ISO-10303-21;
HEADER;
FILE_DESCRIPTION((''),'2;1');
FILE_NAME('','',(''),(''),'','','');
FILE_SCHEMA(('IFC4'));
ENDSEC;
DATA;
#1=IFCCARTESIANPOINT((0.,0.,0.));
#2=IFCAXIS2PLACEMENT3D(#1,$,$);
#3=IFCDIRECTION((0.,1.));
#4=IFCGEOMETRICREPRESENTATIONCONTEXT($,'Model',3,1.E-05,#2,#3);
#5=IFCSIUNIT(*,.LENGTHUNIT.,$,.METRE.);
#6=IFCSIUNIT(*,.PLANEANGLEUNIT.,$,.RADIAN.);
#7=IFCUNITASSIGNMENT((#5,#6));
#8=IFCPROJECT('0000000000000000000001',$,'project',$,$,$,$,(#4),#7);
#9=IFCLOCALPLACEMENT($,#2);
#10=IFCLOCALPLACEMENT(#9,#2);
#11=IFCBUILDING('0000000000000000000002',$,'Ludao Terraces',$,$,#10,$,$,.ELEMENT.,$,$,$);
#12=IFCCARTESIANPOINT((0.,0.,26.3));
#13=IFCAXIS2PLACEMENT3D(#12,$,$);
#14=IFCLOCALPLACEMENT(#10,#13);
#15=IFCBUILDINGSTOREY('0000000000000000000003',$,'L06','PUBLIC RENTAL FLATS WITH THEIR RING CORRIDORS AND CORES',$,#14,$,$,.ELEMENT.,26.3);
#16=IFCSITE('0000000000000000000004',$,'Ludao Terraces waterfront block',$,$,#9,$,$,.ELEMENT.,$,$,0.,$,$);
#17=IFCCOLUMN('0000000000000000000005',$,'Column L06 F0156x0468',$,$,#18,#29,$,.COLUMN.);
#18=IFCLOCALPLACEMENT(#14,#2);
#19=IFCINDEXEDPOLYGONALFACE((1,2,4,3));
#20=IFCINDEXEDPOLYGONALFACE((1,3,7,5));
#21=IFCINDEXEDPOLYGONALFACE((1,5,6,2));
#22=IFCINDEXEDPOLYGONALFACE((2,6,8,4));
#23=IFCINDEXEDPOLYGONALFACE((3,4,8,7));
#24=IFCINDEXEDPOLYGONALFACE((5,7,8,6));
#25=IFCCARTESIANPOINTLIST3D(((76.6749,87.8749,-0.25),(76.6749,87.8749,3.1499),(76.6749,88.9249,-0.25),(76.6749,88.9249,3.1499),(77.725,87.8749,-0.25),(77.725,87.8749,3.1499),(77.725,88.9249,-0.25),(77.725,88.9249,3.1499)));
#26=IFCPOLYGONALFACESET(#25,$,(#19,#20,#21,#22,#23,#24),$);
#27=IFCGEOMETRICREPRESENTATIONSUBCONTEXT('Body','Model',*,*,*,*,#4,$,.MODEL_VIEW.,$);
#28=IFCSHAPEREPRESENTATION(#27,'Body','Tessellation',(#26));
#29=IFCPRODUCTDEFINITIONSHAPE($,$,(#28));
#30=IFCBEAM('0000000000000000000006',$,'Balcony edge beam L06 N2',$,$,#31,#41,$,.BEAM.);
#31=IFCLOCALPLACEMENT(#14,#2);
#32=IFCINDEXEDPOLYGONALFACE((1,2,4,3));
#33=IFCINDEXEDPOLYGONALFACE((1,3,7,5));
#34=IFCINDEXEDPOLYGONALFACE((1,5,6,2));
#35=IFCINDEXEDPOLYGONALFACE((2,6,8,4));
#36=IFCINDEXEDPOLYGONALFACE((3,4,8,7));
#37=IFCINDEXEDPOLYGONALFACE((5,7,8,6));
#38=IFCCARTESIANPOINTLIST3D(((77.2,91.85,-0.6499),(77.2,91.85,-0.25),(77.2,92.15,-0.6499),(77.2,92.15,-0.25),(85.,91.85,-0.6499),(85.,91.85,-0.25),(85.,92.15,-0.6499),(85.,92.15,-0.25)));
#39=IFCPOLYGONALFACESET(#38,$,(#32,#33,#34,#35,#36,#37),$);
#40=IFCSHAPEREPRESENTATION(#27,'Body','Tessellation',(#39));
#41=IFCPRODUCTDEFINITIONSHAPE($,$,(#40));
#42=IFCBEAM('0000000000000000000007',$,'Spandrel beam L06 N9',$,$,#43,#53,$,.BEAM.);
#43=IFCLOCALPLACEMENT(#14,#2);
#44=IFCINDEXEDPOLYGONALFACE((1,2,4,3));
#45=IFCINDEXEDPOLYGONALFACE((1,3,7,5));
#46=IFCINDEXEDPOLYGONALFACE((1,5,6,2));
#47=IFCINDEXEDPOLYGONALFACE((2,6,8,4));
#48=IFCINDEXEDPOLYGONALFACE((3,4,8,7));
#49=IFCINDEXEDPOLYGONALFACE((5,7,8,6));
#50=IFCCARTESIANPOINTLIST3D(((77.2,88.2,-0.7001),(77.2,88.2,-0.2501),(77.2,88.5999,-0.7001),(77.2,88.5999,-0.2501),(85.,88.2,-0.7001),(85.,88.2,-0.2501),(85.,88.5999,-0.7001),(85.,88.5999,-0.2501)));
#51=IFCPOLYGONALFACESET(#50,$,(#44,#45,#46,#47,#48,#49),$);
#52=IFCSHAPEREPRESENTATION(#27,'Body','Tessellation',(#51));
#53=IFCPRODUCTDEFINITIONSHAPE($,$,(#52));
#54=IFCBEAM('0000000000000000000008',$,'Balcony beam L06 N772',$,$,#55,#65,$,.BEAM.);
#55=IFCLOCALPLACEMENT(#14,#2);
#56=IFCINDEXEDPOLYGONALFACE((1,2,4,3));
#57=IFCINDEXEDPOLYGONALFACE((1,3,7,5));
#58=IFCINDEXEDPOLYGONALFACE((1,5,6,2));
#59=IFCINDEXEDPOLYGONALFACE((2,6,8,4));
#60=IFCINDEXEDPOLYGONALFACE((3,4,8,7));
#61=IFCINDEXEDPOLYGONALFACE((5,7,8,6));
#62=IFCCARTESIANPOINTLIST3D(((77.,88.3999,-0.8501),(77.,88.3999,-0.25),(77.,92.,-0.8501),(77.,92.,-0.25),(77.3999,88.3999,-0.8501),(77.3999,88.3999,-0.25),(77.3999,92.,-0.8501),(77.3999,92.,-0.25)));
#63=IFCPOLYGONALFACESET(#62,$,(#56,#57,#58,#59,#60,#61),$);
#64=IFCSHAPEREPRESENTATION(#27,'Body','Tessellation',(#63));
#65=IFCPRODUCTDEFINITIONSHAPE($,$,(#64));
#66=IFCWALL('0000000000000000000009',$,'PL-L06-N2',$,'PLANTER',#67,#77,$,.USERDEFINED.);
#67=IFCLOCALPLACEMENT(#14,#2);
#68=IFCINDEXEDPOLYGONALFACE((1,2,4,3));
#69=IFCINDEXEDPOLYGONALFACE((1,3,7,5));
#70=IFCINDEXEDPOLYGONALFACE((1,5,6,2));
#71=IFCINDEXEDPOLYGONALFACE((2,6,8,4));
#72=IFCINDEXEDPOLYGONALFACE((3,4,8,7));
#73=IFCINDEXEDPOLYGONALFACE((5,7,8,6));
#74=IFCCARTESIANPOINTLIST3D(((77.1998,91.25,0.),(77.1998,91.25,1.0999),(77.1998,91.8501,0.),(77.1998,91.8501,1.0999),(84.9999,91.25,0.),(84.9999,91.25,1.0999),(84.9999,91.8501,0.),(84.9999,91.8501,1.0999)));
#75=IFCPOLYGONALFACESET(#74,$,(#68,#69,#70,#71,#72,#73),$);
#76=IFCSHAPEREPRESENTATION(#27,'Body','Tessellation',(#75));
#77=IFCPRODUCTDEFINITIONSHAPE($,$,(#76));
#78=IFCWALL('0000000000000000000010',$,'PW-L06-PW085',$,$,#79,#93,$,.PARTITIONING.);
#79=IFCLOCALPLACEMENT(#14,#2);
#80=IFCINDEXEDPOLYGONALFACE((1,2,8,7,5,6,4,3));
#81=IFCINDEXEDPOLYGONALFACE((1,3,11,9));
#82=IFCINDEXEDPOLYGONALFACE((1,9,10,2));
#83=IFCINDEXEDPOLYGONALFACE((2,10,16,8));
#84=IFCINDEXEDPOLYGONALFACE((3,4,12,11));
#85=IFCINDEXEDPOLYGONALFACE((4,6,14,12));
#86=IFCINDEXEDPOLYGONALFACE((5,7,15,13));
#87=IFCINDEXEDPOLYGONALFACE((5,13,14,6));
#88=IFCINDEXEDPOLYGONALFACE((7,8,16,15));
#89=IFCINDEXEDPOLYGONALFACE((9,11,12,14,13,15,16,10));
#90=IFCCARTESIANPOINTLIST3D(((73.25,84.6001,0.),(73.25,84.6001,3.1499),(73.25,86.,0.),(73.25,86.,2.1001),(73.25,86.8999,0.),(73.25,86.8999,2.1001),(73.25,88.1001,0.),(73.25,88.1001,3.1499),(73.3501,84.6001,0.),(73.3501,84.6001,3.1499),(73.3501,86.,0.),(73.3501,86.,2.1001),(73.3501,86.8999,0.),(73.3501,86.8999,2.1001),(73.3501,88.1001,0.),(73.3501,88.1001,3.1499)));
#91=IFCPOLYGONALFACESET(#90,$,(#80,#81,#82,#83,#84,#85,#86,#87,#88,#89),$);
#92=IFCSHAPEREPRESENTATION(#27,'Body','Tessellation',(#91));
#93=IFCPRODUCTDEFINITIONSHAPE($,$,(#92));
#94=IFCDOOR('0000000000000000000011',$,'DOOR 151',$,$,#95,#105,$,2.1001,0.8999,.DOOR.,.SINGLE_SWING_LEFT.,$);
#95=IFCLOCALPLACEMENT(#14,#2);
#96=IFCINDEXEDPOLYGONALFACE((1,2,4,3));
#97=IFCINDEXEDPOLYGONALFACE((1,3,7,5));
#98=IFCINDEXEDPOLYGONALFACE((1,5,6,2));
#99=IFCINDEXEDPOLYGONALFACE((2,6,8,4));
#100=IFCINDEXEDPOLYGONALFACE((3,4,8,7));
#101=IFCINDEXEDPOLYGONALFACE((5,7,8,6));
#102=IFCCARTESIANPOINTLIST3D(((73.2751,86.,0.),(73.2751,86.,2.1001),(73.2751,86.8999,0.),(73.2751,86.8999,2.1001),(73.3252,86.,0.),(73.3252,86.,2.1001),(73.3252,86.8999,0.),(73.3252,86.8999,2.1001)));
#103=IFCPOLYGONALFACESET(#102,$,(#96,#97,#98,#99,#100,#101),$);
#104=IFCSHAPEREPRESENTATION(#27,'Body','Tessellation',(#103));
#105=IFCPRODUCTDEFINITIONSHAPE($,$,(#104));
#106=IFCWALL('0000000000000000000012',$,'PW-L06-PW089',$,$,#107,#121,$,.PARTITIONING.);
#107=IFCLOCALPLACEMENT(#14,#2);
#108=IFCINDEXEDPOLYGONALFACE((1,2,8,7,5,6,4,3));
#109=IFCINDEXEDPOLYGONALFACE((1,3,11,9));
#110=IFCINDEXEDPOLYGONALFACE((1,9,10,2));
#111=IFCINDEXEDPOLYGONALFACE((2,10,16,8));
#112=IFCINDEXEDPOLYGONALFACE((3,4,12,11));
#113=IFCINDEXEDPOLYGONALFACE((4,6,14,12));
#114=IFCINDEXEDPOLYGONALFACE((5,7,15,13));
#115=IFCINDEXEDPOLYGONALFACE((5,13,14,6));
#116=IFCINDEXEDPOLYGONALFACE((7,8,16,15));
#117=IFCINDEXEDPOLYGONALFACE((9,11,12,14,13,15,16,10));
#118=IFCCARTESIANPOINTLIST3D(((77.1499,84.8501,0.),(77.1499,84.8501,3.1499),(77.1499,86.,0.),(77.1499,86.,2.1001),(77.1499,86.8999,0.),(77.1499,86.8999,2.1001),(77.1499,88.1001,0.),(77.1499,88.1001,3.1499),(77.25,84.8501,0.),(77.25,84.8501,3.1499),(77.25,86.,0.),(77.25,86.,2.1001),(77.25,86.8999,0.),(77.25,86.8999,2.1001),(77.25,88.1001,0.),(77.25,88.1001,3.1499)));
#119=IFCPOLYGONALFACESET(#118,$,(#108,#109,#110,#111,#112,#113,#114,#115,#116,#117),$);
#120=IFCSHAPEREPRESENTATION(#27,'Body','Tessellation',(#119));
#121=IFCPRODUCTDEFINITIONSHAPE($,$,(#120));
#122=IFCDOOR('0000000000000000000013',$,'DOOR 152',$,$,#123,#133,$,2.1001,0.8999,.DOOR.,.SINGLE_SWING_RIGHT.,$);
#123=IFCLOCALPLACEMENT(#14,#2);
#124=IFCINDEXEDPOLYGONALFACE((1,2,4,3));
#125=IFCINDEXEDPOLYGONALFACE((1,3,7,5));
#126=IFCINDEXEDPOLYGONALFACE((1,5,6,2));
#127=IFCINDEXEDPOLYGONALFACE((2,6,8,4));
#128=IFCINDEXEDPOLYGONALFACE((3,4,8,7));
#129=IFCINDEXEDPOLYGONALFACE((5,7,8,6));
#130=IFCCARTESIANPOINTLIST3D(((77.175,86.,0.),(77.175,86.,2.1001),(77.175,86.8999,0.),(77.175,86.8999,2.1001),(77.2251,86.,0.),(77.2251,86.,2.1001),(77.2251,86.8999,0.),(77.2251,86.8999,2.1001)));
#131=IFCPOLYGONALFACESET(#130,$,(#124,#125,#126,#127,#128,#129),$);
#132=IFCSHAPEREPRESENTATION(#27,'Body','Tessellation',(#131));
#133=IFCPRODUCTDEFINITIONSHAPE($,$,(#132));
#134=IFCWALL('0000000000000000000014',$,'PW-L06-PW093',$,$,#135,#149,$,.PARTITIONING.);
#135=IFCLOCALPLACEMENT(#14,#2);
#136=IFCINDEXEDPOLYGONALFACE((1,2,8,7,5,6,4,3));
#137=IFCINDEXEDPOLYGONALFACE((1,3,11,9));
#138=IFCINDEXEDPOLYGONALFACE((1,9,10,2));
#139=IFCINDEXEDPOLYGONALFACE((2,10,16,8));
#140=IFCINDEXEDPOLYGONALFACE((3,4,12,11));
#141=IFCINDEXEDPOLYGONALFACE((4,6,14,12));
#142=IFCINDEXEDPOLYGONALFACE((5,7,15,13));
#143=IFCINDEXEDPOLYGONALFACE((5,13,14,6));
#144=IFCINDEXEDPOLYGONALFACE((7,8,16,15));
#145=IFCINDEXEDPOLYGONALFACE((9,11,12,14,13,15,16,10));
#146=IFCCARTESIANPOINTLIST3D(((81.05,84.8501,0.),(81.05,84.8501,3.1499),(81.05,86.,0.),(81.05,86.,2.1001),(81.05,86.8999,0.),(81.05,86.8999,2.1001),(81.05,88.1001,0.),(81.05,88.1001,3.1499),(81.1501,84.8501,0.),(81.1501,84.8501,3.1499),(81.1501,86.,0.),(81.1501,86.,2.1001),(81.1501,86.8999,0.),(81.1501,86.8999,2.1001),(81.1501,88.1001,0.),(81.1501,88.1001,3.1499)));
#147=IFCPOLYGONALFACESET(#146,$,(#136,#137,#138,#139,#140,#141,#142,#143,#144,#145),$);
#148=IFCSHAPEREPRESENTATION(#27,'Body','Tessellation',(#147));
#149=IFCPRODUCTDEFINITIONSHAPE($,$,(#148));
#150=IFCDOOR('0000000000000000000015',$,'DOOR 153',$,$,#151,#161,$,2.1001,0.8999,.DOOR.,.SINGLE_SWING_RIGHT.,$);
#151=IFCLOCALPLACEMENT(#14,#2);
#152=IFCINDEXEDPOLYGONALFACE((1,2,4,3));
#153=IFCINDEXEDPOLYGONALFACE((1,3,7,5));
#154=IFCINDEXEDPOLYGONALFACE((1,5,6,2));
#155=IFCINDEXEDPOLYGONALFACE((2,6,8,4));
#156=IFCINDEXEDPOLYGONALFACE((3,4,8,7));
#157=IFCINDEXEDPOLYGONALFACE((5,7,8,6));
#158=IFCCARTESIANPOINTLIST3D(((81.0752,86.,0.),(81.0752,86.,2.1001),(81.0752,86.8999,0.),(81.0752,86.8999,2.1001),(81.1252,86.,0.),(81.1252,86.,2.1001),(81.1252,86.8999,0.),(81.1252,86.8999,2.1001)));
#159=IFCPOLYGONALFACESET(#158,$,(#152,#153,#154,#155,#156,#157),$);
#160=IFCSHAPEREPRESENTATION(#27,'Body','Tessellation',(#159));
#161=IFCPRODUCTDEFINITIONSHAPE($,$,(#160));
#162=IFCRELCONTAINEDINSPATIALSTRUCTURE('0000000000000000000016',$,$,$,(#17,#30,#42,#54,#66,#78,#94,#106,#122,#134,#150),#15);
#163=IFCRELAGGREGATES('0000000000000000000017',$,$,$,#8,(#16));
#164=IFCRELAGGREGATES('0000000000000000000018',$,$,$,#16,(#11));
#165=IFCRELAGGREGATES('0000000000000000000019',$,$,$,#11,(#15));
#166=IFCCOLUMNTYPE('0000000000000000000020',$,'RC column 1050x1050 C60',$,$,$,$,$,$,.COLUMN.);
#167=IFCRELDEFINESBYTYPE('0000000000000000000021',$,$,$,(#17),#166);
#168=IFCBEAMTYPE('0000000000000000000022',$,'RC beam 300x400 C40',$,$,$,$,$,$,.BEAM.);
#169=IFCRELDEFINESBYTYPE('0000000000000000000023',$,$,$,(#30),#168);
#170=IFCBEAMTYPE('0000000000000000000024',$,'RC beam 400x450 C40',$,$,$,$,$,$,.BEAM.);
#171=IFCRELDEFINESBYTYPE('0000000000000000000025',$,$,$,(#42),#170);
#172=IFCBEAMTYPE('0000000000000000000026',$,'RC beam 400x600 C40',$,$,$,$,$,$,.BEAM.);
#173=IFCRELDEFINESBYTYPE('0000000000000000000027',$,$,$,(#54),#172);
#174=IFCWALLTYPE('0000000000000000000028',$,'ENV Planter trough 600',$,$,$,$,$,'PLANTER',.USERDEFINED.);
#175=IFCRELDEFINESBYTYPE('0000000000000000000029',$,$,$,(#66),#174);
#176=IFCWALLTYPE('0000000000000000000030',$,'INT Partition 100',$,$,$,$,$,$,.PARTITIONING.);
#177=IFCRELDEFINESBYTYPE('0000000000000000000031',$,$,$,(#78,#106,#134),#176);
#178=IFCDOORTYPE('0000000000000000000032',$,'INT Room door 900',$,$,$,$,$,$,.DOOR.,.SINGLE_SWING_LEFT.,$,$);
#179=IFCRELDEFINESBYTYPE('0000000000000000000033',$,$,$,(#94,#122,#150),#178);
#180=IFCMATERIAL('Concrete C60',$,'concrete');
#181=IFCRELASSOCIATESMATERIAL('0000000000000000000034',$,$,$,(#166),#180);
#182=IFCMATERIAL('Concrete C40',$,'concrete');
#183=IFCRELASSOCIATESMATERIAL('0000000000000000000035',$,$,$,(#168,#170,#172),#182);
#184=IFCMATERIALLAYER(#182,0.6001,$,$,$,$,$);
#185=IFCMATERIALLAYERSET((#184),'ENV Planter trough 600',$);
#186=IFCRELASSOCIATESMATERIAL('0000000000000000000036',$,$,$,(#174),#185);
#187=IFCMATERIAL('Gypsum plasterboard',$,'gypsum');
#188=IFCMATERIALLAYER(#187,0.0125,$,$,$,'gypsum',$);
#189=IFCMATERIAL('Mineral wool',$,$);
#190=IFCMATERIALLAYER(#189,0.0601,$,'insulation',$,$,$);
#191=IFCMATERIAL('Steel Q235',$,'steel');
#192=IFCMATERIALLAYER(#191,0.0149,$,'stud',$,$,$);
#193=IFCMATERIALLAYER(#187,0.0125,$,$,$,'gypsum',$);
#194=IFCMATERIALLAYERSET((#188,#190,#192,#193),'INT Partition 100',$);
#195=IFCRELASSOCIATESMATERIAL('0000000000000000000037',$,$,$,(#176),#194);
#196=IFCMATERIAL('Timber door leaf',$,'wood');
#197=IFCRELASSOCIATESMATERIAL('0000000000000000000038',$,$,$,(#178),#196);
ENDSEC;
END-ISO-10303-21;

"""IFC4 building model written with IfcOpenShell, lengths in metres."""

from ifc_helpers import new_model, si_unit, direction, frame, frame_2d, origin, origin_2d, place, context, subcontext, project, spatial, rectangle, extrude, material, layer, layer_set, material_profile, profile_set, type_object, element, fill, save


model = new_model("IFC4")

# Units and contexts
model_context = context("Model", 3, precision=1e-05, world=origin(), true_north=direction((0.0, 1.0)))
body_context = subcontext(model_context, "Body", "Model", "MODEL_VIEW")
ifc_project = project(units=[si_unit("LENGTHUNIT", "METRE"), si_unit("PLANEANGLEUNIT", "RADIAN")], contexts=[model_context])

# Site, building, storey
site_placement = place(None, origin())
site = spatial("IfcSite", under=ifc_project, at=site_placement, Name="Ludao Terraces waterfront block", CompositionType="ELEMENT", RefElevation=0.0)
building_placement = place(site_placement, origin())
building = spatial("IfcBuilding", under=site, at=building_placement, Name="Ludao Terraces", CompositionType="ELEMENT")
storey_placement = place(building_placement, frame((0.0, 0.0, 26.3)))
storey = spatial("IfcBuildingStorey", under=building, at=storey_placement, Name="L06", Description="PUBLIC RENTAL FLATS WITH THEIR RING CORRIDORS AND CORES", CompositionType="ELEMENT", Elevation=26.3)

# Column
ifc_material_1 = material(Name="Concrete C60", Category="concrete")
ifc_material_profile_1 = material_profile(ifc_material_1, rectangle(XDim=1.05, YDim=1.05, at=origin_2d()), Name="1050 X 1050")
ifc_profile_set_1 = profile_set([ifc_material_profile_1], Name="Concrete C60")
column_type = type_object("IfcColumnType", Name="RC column 1050x1050 C60", PredefinedType="COLUMN", material=ifc_profile_set_1)
column_placement = place(storey_placement, frame((77.2, 88.3999, -0.25), z_axis=(0.0, 0.0, 1.0), x_axis=(1.0, 0.0, 0.0)))
element("IfcColumn", 1, at=column_placement, inside=storey, type_object=column_type, Name="Column L06 F0156x0468", PredefinedType="COLUMN", context=body_context, shape_type="SweptSolid", body=[
    extrude(rectangle(XDim=1.05, YDim=1.05, at=origin_2d()), origin(), (0.0, 0.0, 1.0), 3.3999),
])

# Beams
ifc_material_2 = material(Name="Concrete C40", Category="concrete")
ifc_material_profile_2 = material_profile(ifc_material_2, rectangle(XDim=0.3, YDim=0.3999, at=origin_2d()), Name="300 X 400")
ifc_profile_set_2 = profile_set([ifc_material_profile_2], Name="Concrete C40")
beam_type_1 = type_object("IfcBeamType", Name="RC beam 300x400 C40", PredefinedType="BEAM", material=ifc_profile_set_2)
beam_1_placement = place(storey_placement, frame((77.2, 92.0, -0.45), z_axis=(1.0, 0.0, 0.0), x_axis=(0.0, 1.0, 0.0)))
element("IfcBeam", 2, at=beam_1_placement, inside=storey, type_object=beam_type_1, Name="Balcony edge beam L06 N2", PredefinedType="BEAM", context=body_context, shape_type="SweptSolid", body=[
    extrude(rectangle(XDim=0.3, YDim=0.3999, at=origin_2d()), origin(), (0.0, 0.0, 1.0), 7.8),
])
ifc_material_profile_3 = material_profile(ifc_material_2, rectangle(XDim=0.3999, YDim=0.45, at=origin_2d()), Name="400 X 450")
ifc_profile_set_3 = profile_set([ifc_material_profile_3], Name="Concrete C40")
beam_type_2 = type_object("IfcBeamType", Name="RC beam 400x450 C40", PredefinedType="BEAM", material=ifc_profile_set_3)
beam_2_placement = place(storey_placement, frame((77.2, 88.3999, -0.4751), z_axis=(1.0, 0.0, 0.0), x_axis=(0.0, 1.0, 0.0)))
element("IfcBeam", 3, at=beam_2_placement, inside=storey, type_object=beam_type_2, Name="Spandrel beam L06 N9", PredefinedType="BEAM", context=body_context, shape_type="SweptSolid", body=[
    extrude(rectangle(XDim=0.3999, YDim=0.45, at=origin_2d()), origin(), (0.0, 0.0, 1.0), 7.8),
])
ifc_material_profile_4 = material_profile(ifc_material_2, rectangle(XDim=0.3999, YDim=0.6001, at=origin_2d()), Name="400 X 600")
ifc_profile_set_4 = profile_set([ifc_material_profile_4], Name="Concrete C40")
beam_type_3 = type_object("IfcBeamType", Name="RC beam 400x600 C40", PredefinedType="BEAM", material=ifc_profile_set_4)
beam_3_placement = place(storey_placement, frame((77.2, 88.3999, -0.55), z_axis=(0.0, 1.0, 0.0), x_axis=(-1.0, 0.0, 0.0)))
element("IfcBeam", 4, at=beam_3_placement, inside=storey, type_object=beam_type_3, Name="Balcony beam L06 N772", PredefinedType="BEAM", context=body_context, shape_type="SweptSolid", body=[
    extrude(rectangle(XDim=0.3999, YDim=0.6001, at=origin_2d()), origin(), (0.0, 0.0, 1.0), 3.6001),
])

# Wall
ifc_layer_1 = layer(ifc_material_2, 0.6001)
ifc_layer_set_1 = layer_set([ifc_layer_1], Name="ENV Planter trough 600")
wall_type_1 = type_object("IfcWallType", Name="ENV Planter trough 600", ElementType="PLANTER", PredefinedType="USERDEFINED", material=ifc_layer_set_1)
wall_1_placement = place(storey_placement, frame((77.2, 91.55, 0.0), z_axis=(0.0, 0.0, 1.0), x_axis=(1.0, 0.0, 0.0)))
element("IfcWall", 5, at=wall_1_placement, inside=storey, type_object=wall_type_1, Name="PL-L06-N2", ObjectType="PLANTER", PredefinedType="USERDEFINED", context=body_context, shape_type="SweptSolid", body=[
    extrude(rectangle(XDim=7.8, YDim=0.6001, at=frame_2d((3.8999, 0.0))), origin(), (0.0, 0.0, 1.0), 1.0999),
])

# Shared definitions
ifc_material_3 = material(Name="Mineral wool")

# Walls, openings, doors
ifc_material_4 = material(Name="Gypsum plasterboard", Category="gypsum")
ifc_layer_2 = layer(ifc_material_4, 0.0125, Category="gypsum")
ifc_layer_3 = layer(ifc_material_3, 0.0601, Name="insulation")
ifc_material_5 = material(Name="Steel Q235", Category="steel")
ifc_layer_4 = layer(ifc_material_5, 0.0149, Name="stud")
ifc_layer_5 = layer(ifc_material_4, 0.0125, Category="gypsum")
ifc_layer_set_2 = layer_set([ifc_layer_2, ifc_layer_3, ifc_layer_4, ifc_layer_5], Name="INT Partition 100")
wall_type_2 = type_object("IfcWallType", Name="INT Partition 100", PredefinedType="PARTITIONING", material=ifc_layer_set_2)
wall_2_placement = place(storey_placement, frame((73.3, 84.6001, 0.0), z_axis=(0.0, 0.0, 1.0), x_axis=(0.0, 1.0, 0.0)))
wall_2 = element("IfcWall", 6, at=wall_2_placement, inside=storey, type_object=wall_type_2, Name="PW-L06-PW085", PredefinedType="PARTITIONING", context=body_context, shape_type="SweptSolid", body=[
    extrude(rectangle(XDim=3.5, YDim=0.1001, at=frame_2d((1.75, 0.0))), origin(), (0.0, 0.0, 1.0), 3.1499),
])
opening_1_placement = place(wall_2_placement, frame((1.3999, 0.0, 0.0)))
opening_1 = element("IfcOpeningElement", 7, at=opening_1_placement, cuts=wall_2, PredefinedType="OPENING", context=body_context, shape_type="SweptSolid", body=[
    extrude(rectangle(XDim=0.8999, YDim=2.1001, at=frame_2d((0.45, 1.05))), frame((0.0, 0.0601, 0.0), z_axis=(0.0, -1.0, 0.0), x_axis=(1.0, 0.0, 0.0)), (0.0, 0.0, 1.0), 0.1201),
])
ifc_material_6 = material(Name="Timber door leaf", Category="wood")
door_type_1 = type_object("IfcDoorType", Name="INT Room door 900", OperationType="SINGLE_SWING_LEFT", PredefinedType="DOOR", material=ifc_material_6)
door_1_placement = place(opening_1_placement, origin())
door_1 = element("IfcDoor", 8, at=door_1_placement, inside=storey, type_object=door_type_1, Name="DOOR 151", OperationType="SINGLE_SWING_LEFT", OverallHeight=2.1001, OverallWidth=0.8999, PredefinedType="DOOR", context=body_context, shape_type="SweptSolid", body=[
    extrude(rectangle(XDim=0.8999, YDim=2.1001, at=frame_2d((0.45, 1.05))), frame((0.0, 0.0249, 0.0), z_axis=(0.0, -1.0, 0.0), x_axis=(1.0, 0.0, 0.0)), (0.0, 0.0, 1.0), 0.05),
])
fill(opening_1, door_1)
wall_3_placement = place(storey_placement, frame((77.2, 84.8501, 0.0), z_axis=(0.0, 0.0, 1.0), x_axis=(0.0, 1.0, 0.0)))
wall_3 = element("IfcWall", 9, at=wall_3_placement, inside=storey, type_object=wall_type_2, Name="PW-L06-PW089", PredefinedType="PARTITIONING", context=body_context, shape_type="SweptSolid", body=[
    extrude(rectangle(XDim=3.25, YDim=0.1001, at=frame_2d((1.625, 0.0))), origin(), (0.0, 0.0, 1.0), 3.1499),
])
opening_2_placement = place(wall_3_placement, frame((1.1499, 0.0, 0.0)))
opening_2 = element("IfcOpeningElement", 10, at=opening_2_placement, cuts=wall_3, PredefinedType="OPENING", context=body_context, shape_type="SweptSolid", body=[
    extrude(rectangle(XDim=0.8999, YDim=2.1001, at=frame_2d((0.45, 1.05))), frame((0.0, 0.0601, 0.0), z_axis=(0.0, -1.0, 0.0), x_axis=(1.0, 0.0, 0.0)), (0.0, 0.0, 1.0), 0.1201),
])
door_2_placement = place(opening_2_placement, origin())
door_2 = element("IfcDoor", 11, at=door_2_placement, inside=storey, type_object=door_type_1, Name="DOOR 152", OperationType="SINGLE_SWING_RIGHT", OverallHeight=2.1001, OverallWidth=0.8999, PredefinedType="DOOR", context=body_context, shape_type="SweptSolid", body=[
    extrude(rectangle(XDim=0.8999, YDim=2.1001, at=frame_2d((0.45, 1.05))), frame((0.0, 0.0249, 0.0), z_axis=(0.0, -1.0, 0.0), x_axis=(1.0, 0.0, 0.0)), (0.0, 0.0, 1.0), 0.05),
])
fill(opening_2, door_2)
wall_4_placement = place(storey_placement, frame((81.1001, 84.8501, 0.0), z_axis=(0.0, 0.0, 1.0), x_axis=(0.0, 1.0, 0.0)))
wall_4 = element("IfcWall", 12, at=wall_4_placement, inside=storey, type_object=wall_type_2, Name="PW-L06-PW093", PredefinedType="PARTITIONING", context=body_context, shape_type="SweptSolid", body=[
    extrude(rectangle(XDim=3.25, YDim=0.1001, at=frame_2d((1.625, 0.0))), origin(), (0.0, 0.0, 1.0), 3.1499),
])
opening_3_placement = place(wall_4_placement, frame((1.1499, 0.0, 0.0)))
opening_3 = element("IfcOpeningElement", 13, at=opening_3_placement, cuts=wall_4, PredefinedType="OPENING", context=body_context, shape_type="SweptSolid", body=[
    extrude(rectangle(XDim=0.8999, YDim=2.1001, at=frame_2d((0.45, 1.05))), frame((0.0, 0.0601, 0.0), z_axis=(0.0, -1.0, 0.0), x_axis=(1.0, 0.0, 0.0)), (0.0, 0.0, 1.0), 0.1201),
])
door_3_placement = place(opening_3_placement, origin())
door_3 = element("IfcDoor", 14, at=door_3_placement, inside=storey, type_object=door_type_1, Name="DOOR 153", OperationType="SINGLE_SWING_RIGHT", OverallHeight=2.1001, OverallWidth=0.8999, PredefinedType="DOOR", context=body_context, shape_type="SweptSolid", body=[
    extrude(rectangle(XDim=0.8999, YDim=2.1001, at=frame_2d((0.45, 1.05))), frame((0.0, 0.0249, 0.0), z_axis=(0.0, -1.0, 0.0), x_axis=(1.0, 0.0, 0.0)), (0.0, 0.0, 1.0), 0.05),
])
fill(opening_3, door_3)

save(model, "model.ifc")
